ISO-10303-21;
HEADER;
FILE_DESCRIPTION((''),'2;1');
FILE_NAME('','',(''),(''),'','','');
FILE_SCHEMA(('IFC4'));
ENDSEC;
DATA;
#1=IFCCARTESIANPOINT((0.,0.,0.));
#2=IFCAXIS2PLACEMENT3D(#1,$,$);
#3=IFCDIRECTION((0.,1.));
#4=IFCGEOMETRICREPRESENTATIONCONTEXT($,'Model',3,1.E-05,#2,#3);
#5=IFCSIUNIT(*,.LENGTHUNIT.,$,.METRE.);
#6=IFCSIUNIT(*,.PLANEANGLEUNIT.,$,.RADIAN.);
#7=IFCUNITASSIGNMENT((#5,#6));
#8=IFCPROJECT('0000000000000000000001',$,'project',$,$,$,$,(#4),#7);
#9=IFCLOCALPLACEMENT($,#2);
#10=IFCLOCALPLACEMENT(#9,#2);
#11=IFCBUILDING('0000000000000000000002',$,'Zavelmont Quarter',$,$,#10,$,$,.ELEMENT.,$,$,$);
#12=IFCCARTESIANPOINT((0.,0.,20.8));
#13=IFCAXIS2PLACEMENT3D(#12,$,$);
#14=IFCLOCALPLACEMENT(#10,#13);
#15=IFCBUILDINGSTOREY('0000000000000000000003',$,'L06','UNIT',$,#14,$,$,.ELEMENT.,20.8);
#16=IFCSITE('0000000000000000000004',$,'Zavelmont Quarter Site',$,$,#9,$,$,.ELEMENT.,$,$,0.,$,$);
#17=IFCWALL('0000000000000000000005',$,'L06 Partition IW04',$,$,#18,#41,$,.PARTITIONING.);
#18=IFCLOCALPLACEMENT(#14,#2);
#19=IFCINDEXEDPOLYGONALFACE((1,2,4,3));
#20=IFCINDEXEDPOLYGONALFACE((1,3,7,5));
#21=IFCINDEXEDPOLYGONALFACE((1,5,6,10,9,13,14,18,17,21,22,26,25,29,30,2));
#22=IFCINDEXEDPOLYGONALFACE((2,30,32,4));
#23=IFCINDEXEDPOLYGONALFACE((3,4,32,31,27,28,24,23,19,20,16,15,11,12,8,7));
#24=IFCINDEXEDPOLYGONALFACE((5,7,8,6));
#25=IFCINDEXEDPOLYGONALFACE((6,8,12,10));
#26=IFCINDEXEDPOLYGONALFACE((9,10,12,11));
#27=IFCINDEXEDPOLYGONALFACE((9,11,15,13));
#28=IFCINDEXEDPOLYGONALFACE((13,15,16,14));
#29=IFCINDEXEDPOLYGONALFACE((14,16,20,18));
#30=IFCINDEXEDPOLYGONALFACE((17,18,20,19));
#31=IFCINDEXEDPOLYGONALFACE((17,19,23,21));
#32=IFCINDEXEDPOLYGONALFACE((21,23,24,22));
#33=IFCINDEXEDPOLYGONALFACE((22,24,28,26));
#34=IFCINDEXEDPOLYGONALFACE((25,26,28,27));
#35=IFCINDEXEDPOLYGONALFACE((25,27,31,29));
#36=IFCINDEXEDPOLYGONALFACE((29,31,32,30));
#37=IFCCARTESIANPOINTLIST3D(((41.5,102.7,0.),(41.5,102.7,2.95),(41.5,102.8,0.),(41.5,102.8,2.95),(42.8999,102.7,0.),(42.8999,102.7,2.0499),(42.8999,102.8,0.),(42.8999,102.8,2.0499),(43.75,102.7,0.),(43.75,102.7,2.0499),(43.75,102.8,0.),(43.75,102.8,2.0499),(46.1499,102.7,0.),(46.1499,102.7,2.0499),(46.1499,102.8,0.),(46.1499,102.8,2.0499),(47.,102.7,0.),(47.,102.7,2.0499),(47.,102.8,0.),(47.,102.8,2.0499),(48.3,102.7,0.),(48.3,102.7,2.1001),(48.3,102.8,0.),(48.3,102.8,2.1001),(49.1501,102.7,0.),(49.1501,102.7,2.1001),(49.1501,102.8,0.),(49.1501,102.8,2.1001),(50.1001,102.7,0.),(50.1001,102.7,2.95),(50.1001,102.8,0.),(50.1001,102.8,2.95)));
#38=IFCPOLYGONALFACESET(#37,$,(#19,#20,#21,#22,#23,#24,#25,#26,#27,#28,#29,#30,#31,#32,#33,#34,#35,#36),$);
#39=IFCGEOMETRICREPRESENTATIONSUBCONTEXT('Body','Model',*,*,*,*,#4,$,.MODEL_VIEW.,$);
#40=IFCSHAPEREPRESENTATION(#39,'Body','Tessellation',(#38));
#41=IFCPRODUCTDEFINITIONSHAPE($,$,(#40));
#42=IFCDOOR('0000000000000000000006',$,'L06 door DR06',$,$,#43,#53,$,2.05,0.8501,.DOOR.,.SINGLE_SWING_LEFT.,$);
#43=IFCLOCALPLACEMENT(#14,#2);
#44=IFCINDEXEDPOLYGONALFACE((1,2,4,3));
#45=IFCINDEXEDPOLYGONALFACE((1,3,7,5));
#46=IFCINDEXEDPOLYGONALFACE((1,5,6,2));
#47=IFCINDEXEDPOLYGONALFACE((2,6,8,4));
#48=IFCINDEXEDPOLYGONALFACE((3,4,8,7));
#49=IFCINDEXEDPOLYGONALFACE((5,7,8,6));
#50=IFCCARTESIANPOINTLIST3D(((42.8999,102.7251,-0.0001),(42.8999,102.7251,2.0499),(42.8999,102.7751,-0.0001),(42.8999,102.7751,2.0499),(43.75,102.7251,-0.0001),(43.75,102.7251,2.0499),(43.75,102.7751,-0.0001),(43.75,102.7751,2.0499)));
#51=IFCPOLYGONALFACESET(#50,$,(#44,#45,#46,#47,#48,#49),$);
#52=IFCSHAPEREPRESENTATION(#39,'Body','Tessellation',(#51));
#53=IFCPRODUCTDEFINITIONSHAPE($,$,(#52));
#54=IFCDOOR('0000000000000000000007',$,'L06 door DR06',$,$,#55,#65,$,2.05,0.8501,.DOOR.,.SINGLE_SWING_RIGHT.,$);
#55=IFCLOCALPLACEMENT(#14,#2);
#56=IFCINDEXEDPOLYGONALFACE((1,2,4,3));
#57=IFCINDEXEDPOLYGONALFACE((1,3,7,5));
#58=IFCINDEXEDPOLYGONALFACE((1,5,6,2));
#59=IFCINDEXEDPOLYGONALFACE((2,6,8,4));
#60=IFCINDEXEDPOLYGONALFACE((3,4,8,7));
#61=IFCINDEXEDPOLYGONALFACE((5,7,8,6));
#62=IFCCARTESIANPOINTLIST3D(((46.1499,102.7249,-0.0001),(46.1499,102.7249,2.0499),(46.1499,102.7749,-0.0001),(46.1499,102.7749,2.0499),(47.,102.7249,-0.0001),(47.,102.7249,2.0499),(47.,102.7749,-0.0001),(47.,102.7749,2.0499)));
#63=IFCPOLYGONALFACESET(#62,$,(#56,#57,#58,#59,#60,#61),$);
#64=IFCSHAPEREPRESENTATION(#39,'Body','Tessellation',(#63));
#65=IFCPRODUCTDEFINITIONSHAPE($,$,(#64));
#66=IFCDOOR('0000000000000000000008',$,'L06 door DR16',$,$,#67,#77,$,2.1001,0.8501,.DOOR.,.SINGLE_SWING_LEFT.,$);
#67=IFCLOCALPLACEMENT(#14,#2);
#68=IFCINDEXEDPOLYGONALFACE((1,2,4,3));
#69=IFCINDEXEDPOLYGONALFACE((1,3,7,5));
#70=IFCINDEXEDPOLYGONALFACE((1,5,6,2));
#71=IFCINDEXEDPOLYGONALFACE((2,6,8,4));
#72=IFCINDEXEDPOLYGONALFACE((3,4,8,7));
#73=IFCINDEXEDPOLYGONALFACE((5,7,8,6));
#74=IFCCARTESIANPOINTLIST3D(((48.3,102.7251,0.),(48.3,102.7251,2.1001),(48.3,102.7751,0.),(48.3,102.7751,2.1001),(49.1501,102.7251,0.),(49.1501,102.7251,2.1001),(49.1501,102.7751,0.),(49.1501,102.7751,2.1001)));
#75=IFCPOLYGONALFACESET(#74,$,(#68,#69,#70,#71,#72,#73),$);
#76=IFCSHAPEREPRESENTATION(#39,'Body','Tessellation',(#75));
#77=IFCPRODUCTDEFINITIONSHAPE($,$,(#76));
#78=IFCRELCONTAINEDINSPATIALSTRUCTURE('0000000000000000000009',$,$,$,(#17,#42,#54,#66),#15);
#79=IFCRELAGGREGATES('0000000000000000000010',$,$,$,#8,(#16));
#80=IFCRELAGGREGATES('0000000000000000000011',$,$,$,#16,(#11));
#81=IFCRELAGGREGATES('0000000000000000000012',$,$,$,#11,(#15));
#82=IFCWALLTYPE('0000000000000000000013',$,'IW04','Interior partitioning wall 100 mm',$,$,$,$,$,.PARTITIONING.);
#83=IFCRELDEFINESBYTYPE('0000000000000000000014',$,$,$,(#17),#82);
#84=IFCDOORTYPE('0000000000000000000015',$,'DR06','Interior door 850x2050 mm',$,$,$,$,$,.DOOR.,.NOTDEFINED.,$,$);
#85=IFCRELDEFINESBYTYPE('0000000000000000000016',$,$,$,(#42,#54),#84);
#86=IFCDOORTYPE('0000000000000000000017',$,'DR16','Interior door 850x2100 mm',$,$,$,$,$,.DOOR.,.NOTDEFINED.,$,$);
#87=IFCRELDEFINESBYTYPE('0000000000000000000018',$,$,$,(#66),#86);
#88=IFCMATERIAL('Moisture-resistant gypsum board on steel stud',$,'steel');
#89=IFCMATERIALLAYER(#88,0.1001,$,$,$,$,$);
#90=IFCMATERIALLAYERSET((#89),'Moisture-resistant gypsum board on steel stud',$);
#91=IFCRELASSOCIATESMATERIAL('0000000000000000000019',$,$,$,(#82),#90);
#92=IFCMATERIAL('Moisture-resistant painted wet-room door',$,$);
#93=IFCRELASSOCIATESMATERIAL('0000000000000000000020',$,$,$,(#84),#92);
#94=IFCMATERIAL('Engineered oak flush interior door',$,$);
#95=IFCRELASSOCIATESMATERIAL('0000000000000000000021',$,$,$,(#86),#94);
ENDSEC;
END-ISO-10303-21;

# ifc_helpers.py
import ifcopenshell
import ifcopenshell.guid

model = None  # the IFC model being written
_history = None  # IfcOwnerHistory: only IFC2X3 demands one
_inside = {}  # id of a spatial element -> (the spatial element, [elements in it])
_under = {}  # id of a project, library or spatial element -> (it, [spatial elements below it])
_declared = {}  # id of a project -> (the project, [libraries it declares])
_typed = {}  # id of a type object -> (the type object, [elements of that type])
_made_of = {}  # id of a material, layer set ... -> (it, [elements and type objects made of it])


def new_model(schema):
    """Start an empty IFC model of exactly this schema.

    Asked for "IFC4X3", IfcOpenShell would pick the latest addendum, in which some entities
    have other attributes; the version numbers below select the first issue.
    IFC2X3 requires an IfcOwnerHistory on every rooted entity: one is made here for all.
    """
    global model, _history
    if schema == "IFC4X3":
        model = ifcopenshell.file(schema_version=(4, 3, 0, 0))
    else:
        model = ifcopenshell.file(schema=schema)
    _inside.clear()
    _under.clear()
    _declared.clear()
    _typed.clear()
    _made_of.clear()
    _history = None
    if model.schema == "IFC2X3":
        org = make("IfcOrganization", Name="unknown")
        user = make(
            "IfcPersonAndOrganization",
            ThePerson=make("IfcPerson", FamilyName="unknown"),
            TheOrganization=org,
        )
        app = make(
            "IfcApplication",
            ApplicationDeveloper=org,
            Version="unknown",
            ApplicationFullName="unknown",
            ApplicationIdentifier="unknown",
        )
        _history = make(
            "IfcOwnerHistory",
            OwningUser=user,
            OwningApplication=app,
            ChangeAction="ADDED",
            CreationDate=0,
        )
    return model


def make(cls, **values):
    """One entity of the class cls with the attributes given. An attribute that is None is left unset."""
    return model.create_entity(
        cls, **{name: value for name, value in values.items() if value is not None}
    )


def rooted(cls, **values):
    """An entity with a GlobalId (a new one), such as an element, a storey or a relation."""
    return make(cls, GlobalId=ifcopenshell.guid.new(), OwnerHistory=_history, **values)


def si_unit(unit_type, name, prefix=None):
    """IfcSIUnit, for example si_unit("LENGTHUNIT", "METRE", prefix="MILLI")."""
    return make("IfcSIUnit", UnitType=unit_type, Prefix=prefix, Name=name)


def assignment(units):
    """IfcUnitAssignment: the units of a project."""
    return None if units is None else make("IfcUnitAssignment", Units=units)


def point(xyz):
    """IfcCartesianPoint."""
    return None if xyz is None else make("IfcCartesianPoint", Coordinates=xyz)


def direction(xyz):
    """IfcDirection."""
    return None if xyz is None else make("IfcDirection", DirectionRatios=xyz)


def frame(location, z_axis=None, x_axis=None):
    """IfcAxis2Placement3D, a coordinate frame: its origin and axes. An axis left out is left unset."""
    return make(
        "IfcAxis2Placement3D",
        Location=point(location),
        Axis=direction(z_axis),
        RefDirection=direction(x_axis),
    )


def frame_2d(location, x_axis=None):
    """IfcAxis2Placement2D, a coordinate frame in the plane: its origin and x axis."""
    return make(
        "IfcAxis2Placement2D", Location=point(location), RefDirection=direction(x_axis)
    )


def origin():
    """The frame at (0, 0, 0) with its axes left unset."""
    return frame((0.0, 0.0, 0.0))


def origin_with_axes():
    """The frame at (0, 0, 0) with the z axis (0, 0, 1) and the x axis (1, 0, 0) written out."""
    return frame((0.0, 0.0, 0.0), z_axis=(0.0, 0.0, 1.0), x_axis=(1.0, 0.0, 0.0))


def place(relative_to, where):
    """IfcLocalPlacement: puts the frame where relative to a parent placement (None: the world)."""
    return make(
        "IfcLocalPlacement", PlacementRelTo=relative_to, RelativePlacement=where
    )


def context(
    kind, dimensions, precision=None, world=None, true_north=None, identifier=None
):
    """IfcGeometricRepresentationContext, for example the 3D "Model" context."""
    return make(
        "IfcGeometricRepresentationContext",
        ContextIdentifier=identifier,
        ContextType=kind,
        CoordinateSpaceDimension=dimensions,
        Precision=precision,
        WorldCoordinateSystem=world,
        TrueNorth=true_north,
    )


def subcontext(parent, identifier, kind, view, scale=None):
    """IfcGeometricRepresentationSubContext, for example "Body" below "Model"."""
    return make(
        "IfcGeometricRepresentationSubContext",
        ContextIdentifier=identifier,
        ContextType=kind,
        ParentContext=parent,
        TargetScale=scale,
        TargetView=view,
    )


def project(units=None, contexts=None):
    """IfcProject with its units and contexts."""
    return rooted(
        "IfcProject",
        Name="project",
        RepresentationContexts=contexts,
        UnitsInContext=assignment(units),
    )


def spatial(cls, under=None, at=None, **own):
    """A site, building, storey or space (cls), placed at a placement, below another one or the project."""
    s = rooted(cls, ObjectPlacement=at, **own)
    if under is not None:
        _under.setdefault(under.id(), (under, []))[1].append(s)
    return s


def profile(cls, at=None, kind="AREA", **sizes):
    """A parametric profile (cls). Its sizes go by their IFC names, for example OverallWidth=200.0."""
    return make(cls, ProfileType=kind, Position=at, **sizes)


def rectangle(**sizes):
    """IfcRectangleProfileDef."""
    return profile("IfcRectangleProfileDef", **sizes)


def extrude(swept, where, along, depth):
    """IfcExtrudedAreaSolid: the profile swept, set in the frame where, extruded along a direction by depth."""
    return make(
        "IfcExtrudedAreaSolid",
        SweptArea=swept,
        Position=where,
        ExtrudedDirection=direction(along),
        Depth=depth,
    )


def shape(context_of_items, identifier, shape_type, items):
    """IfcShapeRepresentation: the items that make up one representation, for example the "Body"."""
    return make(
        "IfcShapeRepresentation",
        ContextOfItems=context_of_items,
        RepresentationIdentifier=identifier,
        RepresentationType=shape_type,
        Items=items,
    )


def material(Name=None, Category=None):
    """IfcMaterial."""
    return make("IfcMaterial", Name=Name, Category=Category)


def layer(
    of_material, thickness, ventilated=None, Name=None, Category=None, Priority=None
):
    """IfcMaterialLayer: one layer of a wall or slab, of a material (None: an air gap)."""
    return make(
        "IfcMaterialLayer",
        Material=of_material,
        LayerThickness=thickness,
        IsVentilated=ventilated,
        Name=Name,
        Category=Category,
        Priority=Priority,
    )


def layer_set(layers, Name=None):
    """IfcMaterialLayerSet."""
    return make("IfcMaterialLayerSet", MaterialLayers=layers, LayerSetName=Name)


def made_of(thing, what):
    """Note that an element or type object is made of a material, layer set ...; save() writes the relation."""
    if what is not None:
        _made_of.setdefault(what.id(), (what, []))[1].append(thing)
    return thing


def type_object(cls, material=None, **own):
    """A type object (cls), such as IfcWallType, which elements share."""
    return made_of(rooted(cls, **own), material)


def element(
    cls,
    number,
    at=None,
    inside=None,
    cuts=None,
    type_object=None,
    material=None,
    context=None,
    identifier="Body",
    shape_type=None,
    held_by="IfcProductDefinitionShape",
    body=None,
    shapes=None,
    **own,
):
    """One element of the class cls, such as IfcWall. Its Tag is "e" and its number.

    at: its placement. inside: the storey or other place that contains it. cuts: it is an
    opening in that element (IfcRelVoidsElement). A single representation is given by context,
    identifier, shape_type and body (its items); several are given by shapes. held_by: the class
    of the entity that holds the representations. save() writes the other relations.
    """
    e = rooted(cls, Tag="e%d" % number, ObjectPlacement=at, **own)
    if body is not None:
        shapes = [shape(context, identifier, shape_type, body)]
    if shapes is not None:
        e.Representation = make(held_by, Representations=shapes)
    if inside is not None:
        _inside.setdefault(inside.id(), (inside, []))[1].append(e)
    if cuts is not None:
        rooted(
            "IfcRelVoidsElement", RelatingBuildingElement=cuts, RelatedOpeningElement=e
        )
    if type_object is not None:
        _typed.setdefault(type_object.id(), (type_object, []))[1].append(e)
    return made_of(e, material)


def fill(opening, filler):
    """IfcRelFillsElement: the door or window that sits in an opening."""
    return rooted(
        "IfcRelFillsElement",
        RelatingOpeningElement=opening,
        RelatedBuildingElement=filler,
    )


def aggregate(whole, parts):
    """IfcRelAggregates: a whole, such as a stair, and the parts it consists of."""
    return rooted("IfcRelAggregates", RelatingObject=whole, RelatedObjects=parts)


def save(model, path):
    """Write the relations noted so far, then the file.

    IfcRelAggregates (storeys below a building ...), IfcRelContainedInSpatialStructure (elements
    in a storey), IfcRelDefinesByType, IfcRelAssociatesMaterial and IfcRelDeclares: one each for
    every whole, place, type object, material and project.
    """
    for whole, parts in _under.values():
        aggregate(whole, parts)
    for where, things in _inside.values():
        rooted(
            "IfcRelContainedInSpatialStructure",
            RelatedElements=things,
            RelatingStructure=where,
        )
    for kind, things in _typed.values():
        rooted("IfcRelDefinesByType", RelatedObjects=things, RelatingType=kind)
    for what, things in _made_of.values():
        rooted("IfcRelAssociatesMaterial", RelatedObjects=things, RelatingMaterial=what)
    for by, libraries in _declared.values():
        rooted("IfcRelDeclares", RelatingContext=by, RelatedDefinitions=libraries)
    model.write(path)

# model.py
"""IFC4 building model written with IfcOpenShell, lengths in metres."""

from ifc_helpers import new_model, si_unit, direction, frame, frame_2d, origin, origin_with_axes, place, context, subcontext, project, spatial, rectangle, extrude, material, layer, layer_set, type_object, element, fill, save


model = new_model("IFC4")

# Units and contexts
model_context = context("Model", 3, precision=1e-05, world=origin(), true_north=direction((0.0, 1.0)))
body_context = subcontext(model_context, "Body", "Model", "MODEL_VIEW")
ifc_project = project(units=[si_unit("LENGTHUNIT", "METRE"), si_unit("PLANEANGLEUNIT", "RADIAN")], contexts=[model_context])

# Site, building, storey
site_placement = place(None, origin())
site = spatial("IfcSite", under=ifc_project, at=site_placement, Name="Zavelmont Quarter Site", CompositionType="ELEMENT", RefElevation=0.0)
building_placement = place(site_placement, origin())
building = spatial("IfcBuilding", under=site, at=building_placement, Name="Zavelmont Quarter", CompositionType="ELEMENT")
storey_placement = place(building_placement, frame((0.0, 0.0, 20.8)))
storey = spatial("IfcBuildingStorey", under=building, at=storey_placement, Name="L06", Description="UNIT", CompositionType="ELEMENT", Elevation=20.8)

# Shared definitions
ifc_material_1 = material(Name="Engineered oak flush interior door")

# Wall, openings, doors
ifc_material_2 = material(Name="Moisture-resistant gypsum board on steel stud", Category="steel")
ifc_layer_1 = layer(ifc_material_2, 0.1001)
ifc_layer_set_1 = layer_set([ifc_layer_1], Name="Moisture-resistant gypsum board on steel stud")
wall_type_1 = type_object("IfcWallType", Name="IW04", Description="Interior partitioning wall 100 mm", PredefinedType="PARTITIONING", material=ifc_layer_set_1)
wall_1_placement = place(storey_placement, frame((41.5, 102.75, 0.0), z_axis=(0.0, 0.0, 1.0), x_axis=(1.0, 0.0, 0.0)))
wall_1 = element("IfcWall", 1, at=wall_1_placement, inside=storey, type_object=wall_type_1, Name="L06 Partition IW04", PredefinedType="PARTITIONING", context=body_context, shape_type="SweptSolid", body=[
    extrude(rectangle(XDim=8.6001, YDim=0.1001, at=frame_2d((4.3, 0.0))), origin(), (0.0, 0.0, 1.0), 2.95),
])
opening_1_placement = place(wall_1_placement, frame((1.3999, 0.0, 0.0)))
opening_1 = element("IfcOpeningElement", 2, at=opening_1_placement, cuts=wall_1, PredefinedType="OPENING", context=body_context, shape_type="SweptSolid", body=[
    extrude(rectangle(XDim=0.8501, YDim=2.05, at=frame_2d((0.425, 1.0249))), frame((0.0, 0.062, 0.0), z_axis=(0.0, -1.0, 0.0), x_axis=(1.0, 0.0, 0.0)), (0.0, 0.0, 1.0), 0.124),
])
opening_2_placement = place(wall_1_placement, frame((4.6499, 0.0, 0.0)))
opening_2 = element("IfcOpeningElement", 3, at=opening_2_placement, cuts=wall_1, PredefinedType="OPENING", context=body_context, shape_type="SweptSolid", body=[
    extrude(rectangle(XDim=0.8501, YDim=2.05, at=frame_2d((0.425, 1.0249))), frame((0.0, 0.062, 0.0), z_axis=(0.0, -1.0, 0.0), x_axis=(1.0, 0.0, 0.0)), (0.0, 0.0, 1.0), 0.124),
])
opening_3_placement = place(wall_1_placement, frame((6.8, 0.0, 0.0)))
opening_3 = element("IfcOpeningElement", 4, at=opening_3_placement, cuts=wall_1, PredefinedType="OPENING", context=body_context, shape_type="SweptSolid", body=[
    extrude(rectangle(XDim=0.8501, YDim=2.1001, at=frame_2d((0.425, 1.05))), frame((0.0, 0.062, 0.0), z_axis=(0.0, -1.0, 0.0), x_axis=(1.0, 0.0, 0.0)), (0.0, 0.0, 1.0), 0.124),
])
ifc_material_3 = material(Name="Moisture-resistant painted wet-room door")
door_type_1 = type_object("IfcDoorType", Name="DR06", Description="Interior door 850x2050 mm", OperationType="NOTDEFINED", PredefinedType="DOOR", material=ifc_material_3)
door_1_placement = place(opening_1_placement, frame((0.8501, 0.0, 0.0), z_axis=(0.0, 0.0, 1.0), x_axis=(-1.0, 0.0, 0.0)))
door_1 = element("IfcDoor", 5, at=door_1_placement, inside=storey, type_object=door_type_1, Name="L06 door DR06", OperationType="SINGLE_SWING_LEFT", OverallHeight=2.05, OverallWidth=0.8501, PredefinedType="DOOR", context=body_context, shape_type="SweptSolid", body=[
    extrude(rectangle(XDim=0.8501, YDim=2.05, at=frame_2d((0.425, 1.0249))), frame((0.0, 0.0249, 0.0), z_axis=(0.0, -1.0, 0.0), x_axis=(1.0, 0.0, 0.0)), (0.0, 0.0, 1.0), 0.05),
])
fill(opening_1, door_1)
door_2_placement = place(opening_2_placement, origin_with_axes())
door_2 = element("IfcDoor", 6, at=door_2_placement, inside=storey, type_object=door_type_1, Name="L06 door DR06", OperationType="SINGLE_SWING_RIGHT", OverallHeight=2.05, OverallWidth=0.8501, PredefinedType="DOOR", context=body_context, shape_type="SweptSolid", body=[
    extrude(rectangle(XDim=0.8501, YDim=2.05, at=frame_2d((0.425, 1.0249))), frame((0.0, 0.0249, 0.0), z_axis=(0.0, -1.0, 0.0), x_axis=(1.0, 0.0, 0.0)), (0.0, 0.0, 1.0), 0.05),
])
fill(opening_2, door_2)
door_type_2 = type_object("IfcDoorType", Name="DR16", Description="Interior door 850x2100 mm", OperationType="NOTDEFINED", PredefinedType="DOOR", material=ifc_material_1)
door_3_placement = place(opening_3_placement, frame((0.8501, 0.0, 0.0), z_axis=(0.0, 0.0, 1.0), x_axis=(-1.0, 0.0, 0.0)))
door_3 = element("IfcDoor", 7, at=door_3_placement, inside=storey, type_object=door_type_2, Name="L06 door DR16", OperationType="SINGLE_SWING_LEFT", OverallHeight=2.1001, OverallWidth=0.8501, PredefinedType="DOOR", context=body_context, shape_type="SweptSolid", body=[
    extrude(rectangle(XDim=0.8501, YDim=2.1001, at=frame_2d((0.425, 1.05))), frame((0.0, 0.0249, 0.0), z_axis=(0.0, -1.0, 0.0), x_axis=(1.0, 0.0, 0.0)), (0.0, 0.0, 1.0), 0.05),
])
fill(opening_3, door_3)

save(model, "model.ifc")
